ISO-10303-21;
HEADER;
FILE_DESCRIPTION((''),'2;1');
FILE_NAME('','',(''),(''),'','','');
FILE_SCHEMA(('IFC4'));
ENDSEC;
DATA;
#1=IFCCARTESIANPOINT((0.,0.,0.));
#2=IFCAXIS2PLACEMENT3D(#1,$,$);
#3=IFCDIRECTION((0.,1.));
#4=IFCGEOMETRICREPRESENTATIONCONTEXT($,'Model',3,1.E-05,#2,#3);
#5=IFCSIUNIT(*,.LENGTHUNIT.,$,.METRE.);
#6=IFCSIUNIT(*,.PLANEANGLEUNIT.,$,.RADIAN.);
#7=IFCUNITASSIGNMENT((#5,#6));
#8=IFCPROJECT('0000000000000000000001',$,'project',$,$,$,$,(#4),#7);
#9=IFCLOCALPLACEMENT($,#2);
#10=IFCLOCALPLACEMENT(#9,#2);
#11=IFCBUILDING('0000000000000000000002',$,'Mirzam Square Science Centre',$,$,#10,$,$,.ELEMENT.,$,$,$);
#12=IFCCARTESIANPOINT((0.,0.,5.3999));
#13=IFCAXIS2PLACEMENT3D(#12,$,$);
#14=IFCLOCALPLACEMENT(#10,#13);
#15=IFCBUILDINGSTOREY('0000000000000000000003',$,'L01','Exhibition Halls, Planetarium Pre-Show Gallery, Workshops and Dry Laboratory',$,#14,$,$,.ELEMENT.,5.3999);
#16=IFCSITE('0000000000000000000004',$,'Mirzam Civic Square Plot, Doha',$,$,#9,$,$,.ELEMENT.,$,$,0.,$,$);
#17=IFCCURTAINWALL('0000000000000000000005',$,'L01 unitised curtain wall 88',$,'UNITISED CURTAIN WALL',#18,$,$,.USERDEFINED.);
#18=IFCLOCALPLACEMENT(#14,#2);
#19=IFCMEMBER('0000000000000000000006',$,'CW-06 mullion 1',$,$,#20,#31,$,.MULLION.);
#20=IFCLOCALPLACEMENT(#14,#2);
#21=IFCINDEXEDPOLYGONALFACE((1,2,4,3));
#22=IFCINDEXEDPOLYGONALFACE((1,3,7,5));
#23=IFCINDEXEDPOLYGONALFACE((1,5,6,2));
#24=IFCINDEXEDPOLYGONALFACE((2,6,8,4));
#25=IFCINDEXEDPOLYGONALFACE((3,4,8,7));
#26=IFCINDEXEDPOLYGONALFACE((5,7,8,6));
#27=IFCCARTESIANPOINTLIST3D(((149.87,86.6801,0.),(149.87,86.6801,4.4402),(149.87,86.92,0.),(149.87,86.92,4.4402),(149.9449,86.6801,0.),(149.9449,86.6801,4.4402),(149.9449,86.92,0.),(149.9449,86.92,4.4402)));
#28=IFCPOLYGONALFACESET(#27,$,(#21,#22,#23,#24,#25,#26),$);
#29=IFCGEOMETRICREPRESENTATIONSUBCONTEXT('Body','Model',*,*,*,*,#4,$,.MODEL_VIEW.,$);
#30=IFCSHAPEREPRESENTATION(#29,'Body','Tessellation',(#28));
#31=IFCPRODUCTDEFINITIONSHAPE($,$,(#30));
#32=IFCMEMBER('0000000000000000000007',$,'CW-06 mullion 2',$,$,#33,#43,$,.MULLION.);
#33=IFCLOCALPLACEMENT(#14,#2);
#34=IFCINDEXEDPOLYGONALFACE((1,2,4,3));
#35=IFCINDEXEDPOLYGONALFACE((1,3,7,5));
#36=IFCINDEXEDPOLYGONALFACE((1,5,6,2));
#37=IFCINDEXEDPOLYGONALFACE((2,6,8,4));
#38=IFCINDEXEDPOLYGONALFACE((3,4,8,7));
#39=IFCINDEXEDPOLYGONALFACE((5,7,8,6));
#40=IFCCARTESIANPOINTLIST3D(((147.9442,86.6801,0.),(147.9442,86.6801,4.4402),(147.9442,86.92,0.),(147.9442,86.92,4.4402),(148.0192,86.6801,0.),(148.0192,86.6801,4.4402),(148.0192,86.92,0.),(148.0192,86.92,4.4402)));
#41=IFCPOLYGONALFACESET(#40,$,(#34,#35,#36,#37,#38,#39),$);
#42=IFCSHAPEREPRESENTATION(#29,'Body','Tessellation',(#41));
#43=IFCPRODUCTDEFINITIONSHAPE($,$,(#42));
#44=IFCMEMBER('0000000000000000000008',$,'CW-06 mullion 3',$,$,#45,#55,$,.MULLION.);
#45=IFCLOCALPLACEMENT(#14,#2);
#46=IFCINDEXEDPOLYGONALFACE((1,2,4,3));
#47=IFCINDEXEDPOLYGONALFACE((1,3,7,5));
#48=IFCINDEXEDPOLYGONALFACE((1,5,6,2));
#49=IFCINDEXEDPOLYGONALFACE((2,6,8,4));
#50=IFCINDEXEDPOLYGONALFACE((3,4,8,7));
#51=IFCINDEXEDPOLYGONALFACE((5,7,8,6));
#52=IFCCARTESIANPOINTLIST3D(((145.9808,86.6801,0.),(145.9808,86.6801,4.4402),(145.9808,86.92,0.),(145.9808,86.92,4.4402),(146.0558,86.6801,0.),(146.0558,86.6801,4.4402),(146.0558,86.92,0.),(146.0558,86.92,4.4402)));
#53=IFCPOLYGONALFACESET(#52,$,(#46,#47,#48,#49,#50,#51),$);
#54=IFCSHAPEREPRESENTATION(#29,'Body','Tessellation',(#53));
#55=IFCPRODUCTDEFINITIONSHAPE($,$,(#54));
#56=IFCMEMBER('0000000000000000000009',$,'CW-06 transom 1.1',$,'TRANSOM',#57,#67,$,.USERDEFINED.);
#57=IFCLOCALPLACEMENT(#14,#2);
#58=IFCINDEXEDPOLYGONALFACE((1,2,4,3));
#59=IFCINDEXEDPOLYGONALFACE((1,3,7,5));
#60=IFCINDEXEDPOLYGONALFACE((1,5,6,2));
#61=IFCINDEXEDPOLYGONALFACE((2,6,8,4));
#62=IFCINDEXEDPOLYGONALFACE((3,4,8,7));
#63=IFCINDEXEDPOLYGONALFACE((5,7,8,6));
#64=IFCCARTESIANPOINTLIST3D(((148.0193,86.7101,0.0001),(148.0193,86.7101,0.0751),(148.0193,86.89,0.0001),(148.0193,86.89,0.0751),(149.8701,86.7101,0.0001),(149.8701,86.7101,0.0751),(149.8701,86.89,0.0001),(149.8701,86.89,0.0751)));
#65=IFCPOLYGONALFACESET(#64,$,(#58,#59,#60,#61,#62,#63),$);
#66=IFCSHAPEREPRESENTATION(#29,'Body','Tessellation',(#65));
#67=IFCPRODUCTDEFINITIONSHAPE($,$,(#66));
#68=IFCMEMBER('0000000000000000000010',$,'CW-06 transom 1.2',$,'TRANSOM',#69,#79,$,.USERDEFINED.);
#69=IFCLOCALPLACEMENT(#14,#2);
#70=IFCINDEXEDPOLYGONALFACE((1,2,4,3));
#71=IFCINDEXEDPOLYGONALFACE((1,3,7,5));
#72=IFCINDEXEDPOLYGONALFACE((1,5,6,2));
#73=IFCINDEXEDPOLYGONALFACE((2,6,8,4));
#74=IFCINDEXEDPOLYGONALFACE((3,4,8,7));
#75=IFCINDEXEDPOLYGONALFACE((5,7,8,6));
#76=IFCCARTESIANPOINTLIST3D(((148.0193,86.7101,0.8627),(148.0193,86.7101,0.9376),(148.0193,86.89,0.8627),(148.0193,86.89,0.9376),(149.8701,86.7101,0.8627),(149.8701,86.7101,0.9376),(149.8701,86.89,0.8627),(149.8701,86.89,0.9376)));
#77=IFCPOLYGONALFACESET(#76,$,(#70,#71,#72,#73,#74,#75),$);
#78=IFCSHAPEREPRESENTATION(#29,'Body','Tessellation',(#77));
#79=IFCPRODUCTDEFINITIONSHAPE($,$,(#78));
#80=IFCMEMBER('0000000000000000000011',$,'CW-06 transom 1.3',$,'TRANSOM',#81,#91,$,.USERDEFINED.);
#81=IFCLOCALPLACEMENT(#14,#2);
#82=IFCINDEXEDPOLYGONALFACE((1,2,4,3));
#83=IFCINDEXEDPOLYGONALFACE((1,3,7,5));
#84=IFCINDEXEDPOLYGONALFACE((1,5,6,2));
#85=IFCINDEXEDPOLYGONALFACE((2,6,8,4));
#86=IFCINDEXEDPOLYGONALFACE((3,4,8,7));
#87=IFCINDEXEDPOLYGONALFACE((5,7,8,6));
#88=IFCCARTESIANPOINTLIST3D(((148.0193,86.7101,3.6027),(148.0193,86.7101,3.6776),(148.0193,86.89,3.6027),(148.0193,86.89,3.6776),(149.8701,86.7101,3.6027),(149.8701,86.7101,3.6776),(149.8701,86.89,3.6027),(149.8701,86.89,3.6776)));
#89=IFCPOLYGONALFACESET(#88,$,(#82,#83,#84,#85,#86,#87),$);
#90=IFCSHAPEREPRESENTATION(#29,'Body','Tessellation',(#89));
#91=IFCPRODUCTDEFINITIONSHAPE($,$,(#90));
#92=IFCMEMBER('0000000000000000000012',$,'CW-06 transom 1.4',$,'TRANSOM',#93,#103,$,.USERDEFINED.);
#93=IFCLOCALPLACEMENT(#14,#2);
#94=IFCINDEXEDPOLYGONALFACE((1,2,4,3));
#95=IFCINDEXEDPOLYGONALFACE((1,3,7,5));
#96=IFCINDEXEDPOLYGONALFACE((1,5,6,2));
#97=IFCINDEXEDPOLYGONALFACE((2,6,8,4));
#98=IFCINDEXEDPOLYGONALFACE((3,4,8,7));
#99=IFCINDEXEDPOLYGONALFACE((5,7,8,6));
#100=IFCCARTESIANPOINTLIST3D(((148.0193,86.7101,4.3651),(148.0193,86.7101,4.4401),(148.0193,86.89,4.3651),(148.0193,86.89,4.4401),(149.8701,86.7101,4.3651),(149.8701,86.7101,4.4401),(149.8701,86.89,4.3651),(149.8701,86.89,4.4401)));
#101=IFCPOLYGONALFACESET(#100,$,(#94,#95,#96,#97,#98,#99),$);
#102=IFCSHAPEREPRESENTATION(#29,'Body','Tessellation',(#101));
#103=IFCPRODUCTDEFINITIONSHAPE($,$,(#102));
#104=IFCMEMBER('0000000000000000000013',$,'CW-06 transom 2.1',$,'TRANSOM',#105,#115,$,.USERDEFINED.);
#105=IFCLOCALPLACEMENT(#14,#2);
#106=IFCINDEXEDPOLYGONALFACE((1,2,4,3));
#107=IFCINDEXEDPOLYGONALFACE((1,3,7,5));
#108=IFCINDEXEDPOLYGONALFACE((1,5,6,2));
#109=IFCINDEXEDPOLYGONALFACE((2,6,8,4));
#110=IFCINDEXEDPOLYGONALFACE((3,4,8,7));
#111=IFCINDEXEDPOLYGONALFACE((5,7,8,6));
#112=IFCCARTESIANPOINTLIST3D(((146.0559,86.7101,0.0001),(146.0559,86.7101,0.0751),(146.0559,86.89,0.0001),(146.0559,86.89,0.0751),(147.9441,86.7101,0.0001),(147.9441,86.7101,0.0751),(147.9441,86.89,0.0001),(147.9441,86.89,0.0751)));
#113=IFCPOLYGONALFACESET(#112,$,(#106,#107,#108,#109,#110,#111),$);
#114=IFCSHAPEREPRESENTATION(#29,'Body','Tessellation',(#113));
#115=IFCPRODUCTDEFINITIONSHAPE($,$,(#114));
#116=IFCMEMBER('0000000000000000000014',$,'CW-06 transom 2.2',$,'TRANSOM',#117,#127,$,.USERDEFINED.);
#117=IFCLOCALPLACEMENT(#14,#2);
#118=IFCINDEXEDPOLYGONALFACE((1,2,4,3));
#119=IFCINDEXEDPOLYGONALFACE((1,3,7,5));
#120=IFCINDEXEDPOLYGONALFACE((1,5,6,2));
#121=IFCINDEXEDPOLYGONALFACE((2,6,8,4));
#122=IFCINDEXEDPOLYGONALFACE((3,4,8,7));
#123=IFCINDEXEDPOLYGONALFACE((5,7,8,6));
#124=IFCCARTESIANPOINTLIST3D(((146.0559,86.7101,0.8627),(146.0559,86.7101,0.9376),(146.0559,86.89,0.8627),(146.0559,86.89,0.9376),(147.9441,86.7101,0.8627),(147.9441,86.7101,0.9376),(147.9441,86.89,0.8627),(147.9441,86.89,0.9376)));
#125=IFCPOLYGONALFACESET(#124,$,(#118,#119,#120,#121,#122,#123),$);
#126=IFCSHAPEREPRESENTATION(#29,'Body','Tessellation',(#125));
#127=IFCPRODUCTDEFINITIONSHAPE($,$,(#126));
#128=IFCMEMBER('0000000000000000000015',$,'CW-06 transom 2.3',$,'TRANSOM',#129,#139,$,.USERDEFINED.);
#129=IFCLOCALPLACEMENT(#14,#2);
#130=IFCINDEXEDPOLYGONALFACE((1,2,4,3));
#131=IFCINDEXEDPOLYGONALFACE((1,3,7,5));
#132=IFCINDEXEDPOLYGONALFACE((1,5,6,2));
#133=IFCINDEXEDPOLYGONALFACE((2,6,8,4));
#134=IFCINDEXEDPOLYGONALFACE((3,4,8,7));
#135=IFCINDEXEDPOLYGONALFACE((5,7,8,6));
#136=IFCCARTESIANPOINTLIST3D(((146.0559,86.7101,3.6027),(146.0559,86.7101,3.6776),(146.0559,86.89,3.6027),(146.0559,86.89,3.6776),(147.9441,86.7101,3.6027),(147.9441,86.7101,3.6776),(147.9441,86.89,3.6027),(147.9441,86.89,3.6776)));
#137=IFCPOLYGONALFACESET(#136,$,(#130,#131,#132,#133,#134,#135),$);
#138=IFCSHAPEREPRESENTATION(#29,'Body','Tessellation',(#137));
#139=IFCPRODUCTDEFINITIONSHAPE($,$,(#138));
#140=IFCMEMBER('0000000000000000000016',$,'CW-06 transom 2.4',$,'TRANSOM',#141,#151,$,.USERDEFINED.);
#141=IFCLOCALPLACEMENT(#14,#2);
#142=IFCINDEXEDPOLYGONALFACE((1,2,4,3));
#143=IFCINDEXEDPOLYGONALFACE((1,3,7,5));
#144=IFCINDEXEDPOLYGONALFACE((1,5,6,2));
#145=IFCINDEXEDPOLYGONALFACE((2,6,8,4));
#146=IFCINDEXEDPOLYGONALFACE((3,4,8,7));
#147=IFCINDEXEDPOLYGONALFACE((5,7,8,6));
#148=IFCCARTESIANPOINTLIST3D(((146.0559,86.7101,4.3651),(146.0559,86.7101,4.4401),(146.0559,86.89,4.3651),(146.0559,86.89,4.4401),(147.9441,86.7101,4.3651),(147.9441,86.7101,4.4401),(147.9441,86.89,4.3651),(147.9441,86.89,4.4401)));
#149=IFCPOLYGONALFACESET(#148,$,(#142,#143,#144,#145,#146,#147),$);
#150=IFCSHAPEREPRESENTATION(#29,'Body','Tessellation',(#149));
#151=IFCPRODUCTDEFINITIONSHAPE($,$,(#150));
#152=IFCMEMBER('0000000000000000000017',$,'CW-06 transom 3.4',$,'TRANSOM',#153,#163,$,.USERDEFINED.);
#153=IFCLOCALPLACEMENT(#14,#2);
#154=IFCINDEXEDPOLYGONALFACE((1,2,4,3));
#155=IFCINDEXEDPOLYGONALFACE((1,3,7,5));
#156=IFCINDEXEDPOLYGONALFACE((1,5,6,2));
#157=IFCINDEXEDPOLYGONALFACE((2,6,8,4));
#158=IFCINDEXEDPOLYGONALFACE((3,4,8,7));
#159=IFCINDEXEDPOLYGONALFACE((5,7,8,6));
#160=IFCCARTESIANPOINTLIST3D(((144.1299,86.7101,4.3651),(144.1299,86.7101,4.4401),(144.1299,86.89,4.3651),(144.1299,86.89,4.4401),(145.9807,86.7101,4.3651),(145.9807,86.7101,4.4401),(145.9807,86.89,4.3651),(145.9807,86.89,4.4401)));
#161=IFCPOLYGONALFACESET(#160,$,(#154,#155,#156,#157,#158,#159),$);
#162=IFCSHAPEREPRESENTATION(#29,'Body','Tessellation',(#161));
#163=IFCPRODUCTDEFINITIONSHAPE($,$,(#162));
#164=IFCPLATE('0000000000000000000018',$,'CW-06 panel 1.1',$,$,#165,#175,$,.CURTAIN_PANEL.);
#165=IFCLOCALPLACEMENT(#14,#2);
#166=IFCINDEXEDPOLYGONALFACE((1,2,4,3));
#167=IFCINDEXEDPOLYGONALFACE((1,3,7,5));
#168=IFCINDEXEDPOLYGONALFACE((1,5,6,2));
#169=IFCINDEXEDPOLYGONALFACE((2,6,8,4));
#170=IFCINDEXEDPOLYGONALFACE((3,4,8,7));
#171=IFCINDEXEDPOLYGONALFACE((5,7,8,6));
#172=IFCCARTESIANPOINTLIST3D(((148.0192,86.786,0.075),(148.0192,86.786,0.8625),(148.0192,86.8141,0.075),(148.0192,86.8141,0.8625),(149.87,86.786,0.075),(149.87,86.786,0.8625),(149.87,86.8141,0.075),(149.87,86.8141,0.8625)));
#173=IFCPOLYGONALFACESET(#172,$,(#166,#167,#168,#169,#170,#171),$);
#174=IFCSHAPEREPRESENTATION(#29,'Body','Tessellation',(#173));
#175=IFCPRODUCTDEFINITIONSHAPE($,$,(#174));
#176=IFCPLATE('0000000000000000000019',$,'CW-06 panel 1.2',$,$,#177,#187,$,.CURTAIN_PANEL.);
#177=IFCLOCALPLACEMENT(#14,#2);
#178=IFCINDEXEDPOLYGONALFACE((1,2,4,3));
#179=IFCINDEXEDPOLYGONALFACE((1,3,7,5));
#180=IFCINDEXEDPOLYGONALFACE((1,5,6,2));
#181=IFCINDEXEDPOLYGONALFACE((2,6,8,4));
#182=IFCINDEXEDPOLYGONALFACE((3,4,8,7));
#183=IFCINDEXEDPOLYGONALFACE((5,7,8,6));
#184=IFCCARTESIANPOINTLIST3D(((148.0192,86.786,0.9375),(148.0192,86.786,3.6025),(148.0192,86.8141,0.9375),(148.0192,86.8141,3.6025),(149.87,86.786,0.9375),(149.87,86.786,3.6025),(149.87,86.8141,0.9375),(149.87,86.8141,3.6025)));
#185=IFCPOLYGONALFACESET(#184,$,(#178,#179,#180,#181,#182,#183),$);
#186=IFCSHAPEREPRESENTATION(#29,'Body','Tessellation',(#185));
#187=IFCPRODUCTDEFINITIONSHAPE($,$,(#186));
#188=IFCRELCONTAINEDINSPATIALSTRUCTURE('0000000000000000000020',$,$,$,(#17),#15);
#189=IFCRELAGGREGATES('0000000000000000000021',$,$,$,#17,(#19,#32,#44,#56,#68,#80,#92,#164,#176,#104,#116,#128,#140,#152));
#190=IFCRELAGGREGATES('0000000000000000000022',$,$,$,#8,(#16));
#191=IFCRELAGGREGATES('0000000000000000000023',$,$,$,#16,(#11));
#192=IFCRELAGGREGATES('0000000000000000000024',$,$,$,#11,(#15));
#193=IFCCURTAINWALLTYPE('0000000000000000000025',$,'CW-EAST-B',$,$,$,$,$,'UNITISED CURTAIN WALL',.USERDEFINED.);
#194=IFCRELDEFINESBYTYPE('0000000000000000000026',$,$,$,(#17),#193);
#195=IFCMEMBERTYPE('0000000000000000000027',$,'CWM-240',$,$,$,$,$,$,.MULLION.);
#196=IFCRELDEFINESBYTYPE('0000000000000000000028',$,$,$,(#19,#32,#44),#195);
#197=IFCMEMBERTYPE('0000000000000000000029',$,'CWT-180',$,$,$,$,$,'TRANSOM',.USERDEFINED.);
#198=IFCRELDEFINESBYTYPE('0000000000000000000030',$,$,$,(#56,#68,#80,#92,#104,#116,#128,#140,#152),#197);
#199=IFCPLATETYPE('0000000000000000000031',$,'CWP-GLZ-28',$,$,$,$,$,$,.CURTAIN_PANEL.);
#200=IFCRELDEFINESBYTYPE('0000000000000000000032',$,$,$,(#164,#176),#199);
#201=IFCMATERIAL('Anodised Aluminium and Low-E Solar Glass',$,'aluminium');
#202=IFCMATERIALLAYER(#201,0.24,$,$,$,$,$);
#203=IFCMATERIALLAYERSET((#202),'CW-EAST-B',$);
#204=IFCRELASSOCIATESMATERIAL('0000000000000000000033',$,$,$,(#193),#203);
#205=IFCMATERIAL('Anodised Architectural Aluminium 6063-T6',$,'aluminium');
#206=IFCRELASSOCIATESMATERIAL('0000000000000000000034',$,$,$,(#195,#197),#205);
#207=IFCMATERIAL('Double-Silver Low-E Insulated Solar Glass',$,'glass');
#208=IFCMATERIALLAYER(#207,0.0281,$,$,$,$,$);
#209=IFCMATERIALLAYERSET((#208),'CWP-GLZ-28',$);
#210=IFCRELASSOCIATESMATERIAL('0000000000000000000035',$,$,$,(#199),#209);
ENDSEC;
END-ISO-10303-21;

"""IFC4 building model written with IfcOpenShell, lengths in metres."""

from ifc_helpers import new_model, si_unit, direction, frame, origin, origin_2d, place, context, subcontext, project, spatial, rectangle, extrude, material, layer, layer_set, material_profile, profile_set, type_object, element, aggregate, save


model = new_model("IFC4")

# Units and contexts
model_context = context("Model", 3, precision=1e-05, world=origin(), true_north=direction((0.0, 1.0)))
body_context = subcontext(model_context, "Body", "Model", "MODEL_VIEW")
ifc_project = project(units=[si_unit("LENGTHUNIT", "METRE"), si_unit("PLANEANGLEUNIT", "RADIAN")], contexts=[model_context])

# Site, building, storey
site_placement = place(None, origin())
site = spatial("IfcSite", under=ifc_project, at=site_placement, Name="Mirzam Civic Square Plot, Doha", CompositionType="ELEMENT", RefElevation=0.0)
building_placement = place(site_placement, origin())
building = spatial("IfcBuilding", under=site, at=building_placement, Name="Mirzam Square Science Centre", CompositionType="ELEMENT")
storey_placement = place(building_placement, frame((0.0, 0.0, 5.3999)))
storey = spatial("IfcBuildingStorey", under=building, at=storey_placement, Name="L01", Description="Exhibition Halls, Planetarium Pre-Show Gallery, Workshops and Dry Laboratory", CompositionType="ELEMENT", Elevation=5.3999)

# Curtain wall, members, plates
ifc_material_1 = material(Name="Anodised Aluminium and Low-E Solar Glass", Category="aluminium")
ifc_layer_1 = layer(ifc_material_1, 0.24)
ifc_layer_set_1 = layer_set([ifc_layer_1], Name="CW-EAST-B")
curtain_wall_type_1 = type_object("IfcCurtainWallType", Name="CW-EAST-B", ElementType="UNITISED CURTAIN WALL", PredefinedType="USERDEFINED", material=ifc_layer_set_1)
curtain_wall_1_placement = place(storey_placement, origin())
curtain_wall_1 = element("IfcCurtainWall", 1, at=curtain_wall_1_placement, inside=storey, type_object=curtain_wall_type_1, Name="L01 unitised curtain wall 88", ObjectType="UNITISED CURTAIN WALL", PredefinedType="USERDEFINED")
ifc_material_2 = material(Name="Anodised Architectural Aluminium 6063-T6", Category="aluminium")
ifc_material_profile_1 = material_profile(ifc_material_2, rectangle(XDim=0.075, YDim=0.24, at=origin_2d()), Name="ALU-MULL-240x75x5")
ifc_profile_set_1 = profile_set([ifc_material_profile_1], Name="Anodised Architectural Aluminium 6063-T6")
member_type_1 = type_object("IfcMemberType", Name="CWM-240", PredefinedType="MULLION", material=ifc_profile_set_1)
member_1_placement = place(storey_placement, frame((149.9075, 86.8, 0.0), z_axis=(0.0, 0.0, 1.0), x_axis=(-1.0, 0.0, 0.0)))
member_1 = element("IfcMember", 2, at=member_1_placement, type_object=member_type_1, Name="CW-06 mullion 1", PredefinedType="MULLION", context=body_context, shape_type="SweptSolid", body=[
    extrude(rectangle(XDim=0.075, YDim=0.24, at=origin_2d()), origin(), (0.0, 0.0, 1.0), 4.4402),
])
member_2_placement = place(storey_placement, frame((147.9817, 86.8, 0.0), z_axis=(0.0, 0.0, 1.0), x_axis=(-1.0, 0.0, 0.0)))
member_2 = element("IfcMember", 3, at=member_2_placement, type_object=member_type_1, Name="CW-06 mullion 2", PredefinedType="MULLION", context=body_context, shape_type="SweptSolid", body=[
    extrude(rectangle(XDim=0.075, YDim=0.24, at=origin_2d()), origin(), (0.0, 0.0, 1.0), 4.4402),
])
member_3_placement = place(storey_placement, frame((146.0183, 86.8, 0.0), z_axis=(0.0, 0.0, 1.0), x_axis=(-1.0, 0.0, 0.0)))
member_3 = element("IfcMember", 4, at=member_3_placement, type_object=member_type_1, Name="CW-06 mullion 3", PredefinedType="MULLION", context=body_context, shape_type="SweptSolid", body=[
    extrude(rectangle(XDim=0.075, YDim=0.24, at=origin_2d()), origin(), (0.0, 0.0, 1.0), 4.4402),
])
ifc_material_profile_2 = material_profile(ifc_material_2, rectangle(XDim=0.1799, YDim=0.075, at=origin_2d()), Name="ALU-TRAN-180x75x5")
ifc_profile_set_2 = profile_set([ifc_material_profile_2], Name="Anodised Architectural Aluminium 6063-T6")
member_type_2 = type_object("IfcMemberType", Name="CWT-180", ElementType="TRANSOM", PredefinedType="USERDEFINED", material=ifc_profile_set_2)
member_4_placement = place(storey_placement, frame((149.8701, 86.8, 0.0376), z_axis=(-1.0, 0.0, 0.0), x_axis=(0.0, -1.0, 0.0)))
member_4 = element("IfcMember", 5, at=member_4_placement, type_object=member_type_2, Name="CW-06 transom 1.1", ObjectType="TRANSOM", PredefinedType="USERDEFINED", context=body_context, shape_type="SweptSolid", body=[
    extrude(rectangle(XDim=0.1799, YDim=0.075, at=origin_2d()), origin(), (0.0, 0.0, 1.0), 1.8508),
])
member_5_placement = place(storey_placement, frame((149.8701, 86.8, 0.9001), z_axis=(-1.0, 0.0, 0.0), x_axis=(0.0, -1.0, 0.0)))
member_5 = element("IfcMember", 6, at=member_5_placement, type_object=member_type_2, Name="CW-06 transom 1.2", ObjectType="TRANSOM", PredefinedType="USERDEFINED", context=body_context, shape_type="SweptSolid", body=[
    extrude(rectangle(XDim=0.1799, YDim=0.075, at=origin_2d()), origin(), (0.0, 0.0, 1.0), 1.8508),
])
member_6_placement = place(storey_placement, frame((149.8701, 86.8, 3.6401), z_axis=(-1.0, 0.0, 0.0), x_axis=(0.0, -1.0, 0.0)))
member_6 = element("IfcMember", 7, at=member_6_placement, type_object=member_type_2, Name="CW-06 transom 1.3", ObjectType="TRANSOM", PredefinedType="USERDEFINED", context=body_context, shape_type="SweptSolid", body=[
    extrude(rectangle(XDim=0.1799, YDim=0.075, at=origin_2d()), origin(), (0.0, 0.0, 1.0), 1.8508),
])
member_7_placement = place(storey_placement, frame((149.8701, 86.8, 4.4026), z_axis=(-1.0, 0.0, 0.0), x_axis=(0.0, -1.0, 0.0)))
member_7 = element("IfcMember", 8, at=member_7_placement, type_object=member_type_2, Name="CW-06 transom 1.4", ObjectType="TRANSOM", PredefinedType="USERDEFINED", context=body_context, shape_type="SweptSolid", body=[
    extrude(rectangle(XDim=0.1799, YDim=0.075, at=origin_2d()), origin(), (0.0, 0.0, 1.0), 1.8508),
])
member_8_placement = place(storey_placement, frame((147.9441, 86.8, 0.0376), z_axis=(-1.0, 0.0, 0.0), x_axis=(0.0, -1.0, 0.0)))
member_8 = element("IfcMember", 9, at=member_8_placement, type_object=member_type_2, Name="CW-06 transom 2.1", ObjectType="TRANSOM", PredefinedType="USERDEFINED", context=body_context, shape_type="SweptSolid", body=[
    extrude(rectangle(XDim=0.1799, YDim=0.075, at=origin_2d()), origin(), (0.0, 0.0, 1.0), 1.8882),
])
member_9_placement = place(storey_placement, frame((147.9441, 86.8, 0.9001), z_axis=(-1.0, 0.0, 0.0), x_axis=(0.0, -1.0, 0.0)))
member_9 = element("IfcMember", 10, at=member_9_placement, type_object=member_type_2, Name="CW-06 transom 2.2", ObjectType="TRANSOM", PredefinedType="USERDEFINED", context=body_context, shape_type="SweptSolid", body=[
    extrude(rectangle(XDim=0.1799, YDim=0.075, at=origin_2d()), origin(), (0.0, 0.0, 1.0), 1.8882),
])
member_10_placement = place(storey_placement, frame((147.9441, 86.8, 3.6401), z_axis=(-1.0, 0.0, 0.0), x_axis=(0.0, -1.0, 0.0)))
member_10 = element("IfcMember", 11, at=member_10_placement, type_object=member_type_2, Name="CW-06 transom 2.3", ObjectType="TRANSOM", PredefinedType="USERDEFINED", context=body_context, shape_type="SweptSolid", body=[
    extrude(rectangle(XDim=0.1799, YDim=0.075, at=origin_2d()), origin(), (0.0, 0.0, 1.0), 1.8882),
])
member_11_placement = place(storey_placement, frame((147.9441, 86.8, 4.4026), z_axis=(-1.0, 0.0, 0.0), x_axis=(0.0, -1.0, 0.0)))
member_11 = element("IfcMember", 12, at=member_11_placement, type_object=member_type_2, Name="CW-06 transom 2.4", ObjectType="TRANSOM", PredefinedType="USERDEFINED", context=body_context, shape_type="SweptSolid", body=[
    extrude(rectangle(XDim=0.1799, YDim=0.075, at=origin_2d()), origin(), (0.0, 0.0, 1.0), 1.8882),
])
member_12_placement = place(storey_placement, frame((145.9807, 86.8, 4.4026), z_axis=(-1.0, 0.0, 0.0), x_axis=(0.0, -1.0, 0.0)))
member_12 = element("IfcMember", 13, at=member_12_placement, type_object=member_type_2, Name="CW-06 transom 3.4", ObjectType="TRANSOM", PredefinedType="USERDEFINED", context=body_context, shape_type="SweptSolid", body=[
    extrude(rectangle(XDim=0.1799, YDim=0.075, at=origin_2d()), origin(), (0.0, 0.0, 1.0), 1.8508),
])
ifc_material_3 = material(Name="Double-Silver Low-E Insulated Solar Glass", Category="glass")
ifc_layer_2 = layer(ifc_material_3, 0.0281)
ifc_layer_set_2 = layer_set([ifc_layer_2], Name="CWP-GLZ-28")
plate_type_1 = type_object("IfcPlateType", Name="CWP-GLZ-28", PredefinedType="CURTAIN_PANEL", material=ifc_layer_set_2)
plate_1_placement = place(storey_placement, frame((148.9446, 86.8, 0.075), z_axis=(0.0, 0.0, 1.0), x_axis=(-1.0, 0.0, 0.0)))
plate_1 = element("IfcPlate", 14, at=plate_1_placement, type_object=plate_type_1, Name="CW-06 panel 1.1", PredefinedType="CURTAIN_PANEL", context=body_context, shape_type="SweptSolid", body=[
    extrude(rectangle(XDim=1.8508, YDim=0.0281, at=origin_2d()), origin(), (0.0, 0.0, 1.0), 0.7876),
])
plate_2_placement = place(storey_placement, frame((148.9446, 86.8, 0.9375), z_axis=(0.0, 0.0, 1.0), x_axis=(-1.0, 0.0, 0.0)))
plate_2 = element("IfcPlate", 15, at=plate_2_placement, type_object=plate_type_1, Name="CW-06 panel 1.2", PredefinedType="CURTAIN_PANEL", context=body_context, shape_type="SweptSolid", body=[
    extrude(rectangle(XDim=1.8508, YDim=0.0281, at=origin_2d()), origin(), (0.0, 0.0, 1.0), 2.665),
])
aggregate(curtain_wall_1, [member_1, member_2, member_3, member_4, member_5, member_6, member_7, plate_1, plate_2, member_8, member_9, member_10, member_11, member_12])

save(model, "model.ifc")
